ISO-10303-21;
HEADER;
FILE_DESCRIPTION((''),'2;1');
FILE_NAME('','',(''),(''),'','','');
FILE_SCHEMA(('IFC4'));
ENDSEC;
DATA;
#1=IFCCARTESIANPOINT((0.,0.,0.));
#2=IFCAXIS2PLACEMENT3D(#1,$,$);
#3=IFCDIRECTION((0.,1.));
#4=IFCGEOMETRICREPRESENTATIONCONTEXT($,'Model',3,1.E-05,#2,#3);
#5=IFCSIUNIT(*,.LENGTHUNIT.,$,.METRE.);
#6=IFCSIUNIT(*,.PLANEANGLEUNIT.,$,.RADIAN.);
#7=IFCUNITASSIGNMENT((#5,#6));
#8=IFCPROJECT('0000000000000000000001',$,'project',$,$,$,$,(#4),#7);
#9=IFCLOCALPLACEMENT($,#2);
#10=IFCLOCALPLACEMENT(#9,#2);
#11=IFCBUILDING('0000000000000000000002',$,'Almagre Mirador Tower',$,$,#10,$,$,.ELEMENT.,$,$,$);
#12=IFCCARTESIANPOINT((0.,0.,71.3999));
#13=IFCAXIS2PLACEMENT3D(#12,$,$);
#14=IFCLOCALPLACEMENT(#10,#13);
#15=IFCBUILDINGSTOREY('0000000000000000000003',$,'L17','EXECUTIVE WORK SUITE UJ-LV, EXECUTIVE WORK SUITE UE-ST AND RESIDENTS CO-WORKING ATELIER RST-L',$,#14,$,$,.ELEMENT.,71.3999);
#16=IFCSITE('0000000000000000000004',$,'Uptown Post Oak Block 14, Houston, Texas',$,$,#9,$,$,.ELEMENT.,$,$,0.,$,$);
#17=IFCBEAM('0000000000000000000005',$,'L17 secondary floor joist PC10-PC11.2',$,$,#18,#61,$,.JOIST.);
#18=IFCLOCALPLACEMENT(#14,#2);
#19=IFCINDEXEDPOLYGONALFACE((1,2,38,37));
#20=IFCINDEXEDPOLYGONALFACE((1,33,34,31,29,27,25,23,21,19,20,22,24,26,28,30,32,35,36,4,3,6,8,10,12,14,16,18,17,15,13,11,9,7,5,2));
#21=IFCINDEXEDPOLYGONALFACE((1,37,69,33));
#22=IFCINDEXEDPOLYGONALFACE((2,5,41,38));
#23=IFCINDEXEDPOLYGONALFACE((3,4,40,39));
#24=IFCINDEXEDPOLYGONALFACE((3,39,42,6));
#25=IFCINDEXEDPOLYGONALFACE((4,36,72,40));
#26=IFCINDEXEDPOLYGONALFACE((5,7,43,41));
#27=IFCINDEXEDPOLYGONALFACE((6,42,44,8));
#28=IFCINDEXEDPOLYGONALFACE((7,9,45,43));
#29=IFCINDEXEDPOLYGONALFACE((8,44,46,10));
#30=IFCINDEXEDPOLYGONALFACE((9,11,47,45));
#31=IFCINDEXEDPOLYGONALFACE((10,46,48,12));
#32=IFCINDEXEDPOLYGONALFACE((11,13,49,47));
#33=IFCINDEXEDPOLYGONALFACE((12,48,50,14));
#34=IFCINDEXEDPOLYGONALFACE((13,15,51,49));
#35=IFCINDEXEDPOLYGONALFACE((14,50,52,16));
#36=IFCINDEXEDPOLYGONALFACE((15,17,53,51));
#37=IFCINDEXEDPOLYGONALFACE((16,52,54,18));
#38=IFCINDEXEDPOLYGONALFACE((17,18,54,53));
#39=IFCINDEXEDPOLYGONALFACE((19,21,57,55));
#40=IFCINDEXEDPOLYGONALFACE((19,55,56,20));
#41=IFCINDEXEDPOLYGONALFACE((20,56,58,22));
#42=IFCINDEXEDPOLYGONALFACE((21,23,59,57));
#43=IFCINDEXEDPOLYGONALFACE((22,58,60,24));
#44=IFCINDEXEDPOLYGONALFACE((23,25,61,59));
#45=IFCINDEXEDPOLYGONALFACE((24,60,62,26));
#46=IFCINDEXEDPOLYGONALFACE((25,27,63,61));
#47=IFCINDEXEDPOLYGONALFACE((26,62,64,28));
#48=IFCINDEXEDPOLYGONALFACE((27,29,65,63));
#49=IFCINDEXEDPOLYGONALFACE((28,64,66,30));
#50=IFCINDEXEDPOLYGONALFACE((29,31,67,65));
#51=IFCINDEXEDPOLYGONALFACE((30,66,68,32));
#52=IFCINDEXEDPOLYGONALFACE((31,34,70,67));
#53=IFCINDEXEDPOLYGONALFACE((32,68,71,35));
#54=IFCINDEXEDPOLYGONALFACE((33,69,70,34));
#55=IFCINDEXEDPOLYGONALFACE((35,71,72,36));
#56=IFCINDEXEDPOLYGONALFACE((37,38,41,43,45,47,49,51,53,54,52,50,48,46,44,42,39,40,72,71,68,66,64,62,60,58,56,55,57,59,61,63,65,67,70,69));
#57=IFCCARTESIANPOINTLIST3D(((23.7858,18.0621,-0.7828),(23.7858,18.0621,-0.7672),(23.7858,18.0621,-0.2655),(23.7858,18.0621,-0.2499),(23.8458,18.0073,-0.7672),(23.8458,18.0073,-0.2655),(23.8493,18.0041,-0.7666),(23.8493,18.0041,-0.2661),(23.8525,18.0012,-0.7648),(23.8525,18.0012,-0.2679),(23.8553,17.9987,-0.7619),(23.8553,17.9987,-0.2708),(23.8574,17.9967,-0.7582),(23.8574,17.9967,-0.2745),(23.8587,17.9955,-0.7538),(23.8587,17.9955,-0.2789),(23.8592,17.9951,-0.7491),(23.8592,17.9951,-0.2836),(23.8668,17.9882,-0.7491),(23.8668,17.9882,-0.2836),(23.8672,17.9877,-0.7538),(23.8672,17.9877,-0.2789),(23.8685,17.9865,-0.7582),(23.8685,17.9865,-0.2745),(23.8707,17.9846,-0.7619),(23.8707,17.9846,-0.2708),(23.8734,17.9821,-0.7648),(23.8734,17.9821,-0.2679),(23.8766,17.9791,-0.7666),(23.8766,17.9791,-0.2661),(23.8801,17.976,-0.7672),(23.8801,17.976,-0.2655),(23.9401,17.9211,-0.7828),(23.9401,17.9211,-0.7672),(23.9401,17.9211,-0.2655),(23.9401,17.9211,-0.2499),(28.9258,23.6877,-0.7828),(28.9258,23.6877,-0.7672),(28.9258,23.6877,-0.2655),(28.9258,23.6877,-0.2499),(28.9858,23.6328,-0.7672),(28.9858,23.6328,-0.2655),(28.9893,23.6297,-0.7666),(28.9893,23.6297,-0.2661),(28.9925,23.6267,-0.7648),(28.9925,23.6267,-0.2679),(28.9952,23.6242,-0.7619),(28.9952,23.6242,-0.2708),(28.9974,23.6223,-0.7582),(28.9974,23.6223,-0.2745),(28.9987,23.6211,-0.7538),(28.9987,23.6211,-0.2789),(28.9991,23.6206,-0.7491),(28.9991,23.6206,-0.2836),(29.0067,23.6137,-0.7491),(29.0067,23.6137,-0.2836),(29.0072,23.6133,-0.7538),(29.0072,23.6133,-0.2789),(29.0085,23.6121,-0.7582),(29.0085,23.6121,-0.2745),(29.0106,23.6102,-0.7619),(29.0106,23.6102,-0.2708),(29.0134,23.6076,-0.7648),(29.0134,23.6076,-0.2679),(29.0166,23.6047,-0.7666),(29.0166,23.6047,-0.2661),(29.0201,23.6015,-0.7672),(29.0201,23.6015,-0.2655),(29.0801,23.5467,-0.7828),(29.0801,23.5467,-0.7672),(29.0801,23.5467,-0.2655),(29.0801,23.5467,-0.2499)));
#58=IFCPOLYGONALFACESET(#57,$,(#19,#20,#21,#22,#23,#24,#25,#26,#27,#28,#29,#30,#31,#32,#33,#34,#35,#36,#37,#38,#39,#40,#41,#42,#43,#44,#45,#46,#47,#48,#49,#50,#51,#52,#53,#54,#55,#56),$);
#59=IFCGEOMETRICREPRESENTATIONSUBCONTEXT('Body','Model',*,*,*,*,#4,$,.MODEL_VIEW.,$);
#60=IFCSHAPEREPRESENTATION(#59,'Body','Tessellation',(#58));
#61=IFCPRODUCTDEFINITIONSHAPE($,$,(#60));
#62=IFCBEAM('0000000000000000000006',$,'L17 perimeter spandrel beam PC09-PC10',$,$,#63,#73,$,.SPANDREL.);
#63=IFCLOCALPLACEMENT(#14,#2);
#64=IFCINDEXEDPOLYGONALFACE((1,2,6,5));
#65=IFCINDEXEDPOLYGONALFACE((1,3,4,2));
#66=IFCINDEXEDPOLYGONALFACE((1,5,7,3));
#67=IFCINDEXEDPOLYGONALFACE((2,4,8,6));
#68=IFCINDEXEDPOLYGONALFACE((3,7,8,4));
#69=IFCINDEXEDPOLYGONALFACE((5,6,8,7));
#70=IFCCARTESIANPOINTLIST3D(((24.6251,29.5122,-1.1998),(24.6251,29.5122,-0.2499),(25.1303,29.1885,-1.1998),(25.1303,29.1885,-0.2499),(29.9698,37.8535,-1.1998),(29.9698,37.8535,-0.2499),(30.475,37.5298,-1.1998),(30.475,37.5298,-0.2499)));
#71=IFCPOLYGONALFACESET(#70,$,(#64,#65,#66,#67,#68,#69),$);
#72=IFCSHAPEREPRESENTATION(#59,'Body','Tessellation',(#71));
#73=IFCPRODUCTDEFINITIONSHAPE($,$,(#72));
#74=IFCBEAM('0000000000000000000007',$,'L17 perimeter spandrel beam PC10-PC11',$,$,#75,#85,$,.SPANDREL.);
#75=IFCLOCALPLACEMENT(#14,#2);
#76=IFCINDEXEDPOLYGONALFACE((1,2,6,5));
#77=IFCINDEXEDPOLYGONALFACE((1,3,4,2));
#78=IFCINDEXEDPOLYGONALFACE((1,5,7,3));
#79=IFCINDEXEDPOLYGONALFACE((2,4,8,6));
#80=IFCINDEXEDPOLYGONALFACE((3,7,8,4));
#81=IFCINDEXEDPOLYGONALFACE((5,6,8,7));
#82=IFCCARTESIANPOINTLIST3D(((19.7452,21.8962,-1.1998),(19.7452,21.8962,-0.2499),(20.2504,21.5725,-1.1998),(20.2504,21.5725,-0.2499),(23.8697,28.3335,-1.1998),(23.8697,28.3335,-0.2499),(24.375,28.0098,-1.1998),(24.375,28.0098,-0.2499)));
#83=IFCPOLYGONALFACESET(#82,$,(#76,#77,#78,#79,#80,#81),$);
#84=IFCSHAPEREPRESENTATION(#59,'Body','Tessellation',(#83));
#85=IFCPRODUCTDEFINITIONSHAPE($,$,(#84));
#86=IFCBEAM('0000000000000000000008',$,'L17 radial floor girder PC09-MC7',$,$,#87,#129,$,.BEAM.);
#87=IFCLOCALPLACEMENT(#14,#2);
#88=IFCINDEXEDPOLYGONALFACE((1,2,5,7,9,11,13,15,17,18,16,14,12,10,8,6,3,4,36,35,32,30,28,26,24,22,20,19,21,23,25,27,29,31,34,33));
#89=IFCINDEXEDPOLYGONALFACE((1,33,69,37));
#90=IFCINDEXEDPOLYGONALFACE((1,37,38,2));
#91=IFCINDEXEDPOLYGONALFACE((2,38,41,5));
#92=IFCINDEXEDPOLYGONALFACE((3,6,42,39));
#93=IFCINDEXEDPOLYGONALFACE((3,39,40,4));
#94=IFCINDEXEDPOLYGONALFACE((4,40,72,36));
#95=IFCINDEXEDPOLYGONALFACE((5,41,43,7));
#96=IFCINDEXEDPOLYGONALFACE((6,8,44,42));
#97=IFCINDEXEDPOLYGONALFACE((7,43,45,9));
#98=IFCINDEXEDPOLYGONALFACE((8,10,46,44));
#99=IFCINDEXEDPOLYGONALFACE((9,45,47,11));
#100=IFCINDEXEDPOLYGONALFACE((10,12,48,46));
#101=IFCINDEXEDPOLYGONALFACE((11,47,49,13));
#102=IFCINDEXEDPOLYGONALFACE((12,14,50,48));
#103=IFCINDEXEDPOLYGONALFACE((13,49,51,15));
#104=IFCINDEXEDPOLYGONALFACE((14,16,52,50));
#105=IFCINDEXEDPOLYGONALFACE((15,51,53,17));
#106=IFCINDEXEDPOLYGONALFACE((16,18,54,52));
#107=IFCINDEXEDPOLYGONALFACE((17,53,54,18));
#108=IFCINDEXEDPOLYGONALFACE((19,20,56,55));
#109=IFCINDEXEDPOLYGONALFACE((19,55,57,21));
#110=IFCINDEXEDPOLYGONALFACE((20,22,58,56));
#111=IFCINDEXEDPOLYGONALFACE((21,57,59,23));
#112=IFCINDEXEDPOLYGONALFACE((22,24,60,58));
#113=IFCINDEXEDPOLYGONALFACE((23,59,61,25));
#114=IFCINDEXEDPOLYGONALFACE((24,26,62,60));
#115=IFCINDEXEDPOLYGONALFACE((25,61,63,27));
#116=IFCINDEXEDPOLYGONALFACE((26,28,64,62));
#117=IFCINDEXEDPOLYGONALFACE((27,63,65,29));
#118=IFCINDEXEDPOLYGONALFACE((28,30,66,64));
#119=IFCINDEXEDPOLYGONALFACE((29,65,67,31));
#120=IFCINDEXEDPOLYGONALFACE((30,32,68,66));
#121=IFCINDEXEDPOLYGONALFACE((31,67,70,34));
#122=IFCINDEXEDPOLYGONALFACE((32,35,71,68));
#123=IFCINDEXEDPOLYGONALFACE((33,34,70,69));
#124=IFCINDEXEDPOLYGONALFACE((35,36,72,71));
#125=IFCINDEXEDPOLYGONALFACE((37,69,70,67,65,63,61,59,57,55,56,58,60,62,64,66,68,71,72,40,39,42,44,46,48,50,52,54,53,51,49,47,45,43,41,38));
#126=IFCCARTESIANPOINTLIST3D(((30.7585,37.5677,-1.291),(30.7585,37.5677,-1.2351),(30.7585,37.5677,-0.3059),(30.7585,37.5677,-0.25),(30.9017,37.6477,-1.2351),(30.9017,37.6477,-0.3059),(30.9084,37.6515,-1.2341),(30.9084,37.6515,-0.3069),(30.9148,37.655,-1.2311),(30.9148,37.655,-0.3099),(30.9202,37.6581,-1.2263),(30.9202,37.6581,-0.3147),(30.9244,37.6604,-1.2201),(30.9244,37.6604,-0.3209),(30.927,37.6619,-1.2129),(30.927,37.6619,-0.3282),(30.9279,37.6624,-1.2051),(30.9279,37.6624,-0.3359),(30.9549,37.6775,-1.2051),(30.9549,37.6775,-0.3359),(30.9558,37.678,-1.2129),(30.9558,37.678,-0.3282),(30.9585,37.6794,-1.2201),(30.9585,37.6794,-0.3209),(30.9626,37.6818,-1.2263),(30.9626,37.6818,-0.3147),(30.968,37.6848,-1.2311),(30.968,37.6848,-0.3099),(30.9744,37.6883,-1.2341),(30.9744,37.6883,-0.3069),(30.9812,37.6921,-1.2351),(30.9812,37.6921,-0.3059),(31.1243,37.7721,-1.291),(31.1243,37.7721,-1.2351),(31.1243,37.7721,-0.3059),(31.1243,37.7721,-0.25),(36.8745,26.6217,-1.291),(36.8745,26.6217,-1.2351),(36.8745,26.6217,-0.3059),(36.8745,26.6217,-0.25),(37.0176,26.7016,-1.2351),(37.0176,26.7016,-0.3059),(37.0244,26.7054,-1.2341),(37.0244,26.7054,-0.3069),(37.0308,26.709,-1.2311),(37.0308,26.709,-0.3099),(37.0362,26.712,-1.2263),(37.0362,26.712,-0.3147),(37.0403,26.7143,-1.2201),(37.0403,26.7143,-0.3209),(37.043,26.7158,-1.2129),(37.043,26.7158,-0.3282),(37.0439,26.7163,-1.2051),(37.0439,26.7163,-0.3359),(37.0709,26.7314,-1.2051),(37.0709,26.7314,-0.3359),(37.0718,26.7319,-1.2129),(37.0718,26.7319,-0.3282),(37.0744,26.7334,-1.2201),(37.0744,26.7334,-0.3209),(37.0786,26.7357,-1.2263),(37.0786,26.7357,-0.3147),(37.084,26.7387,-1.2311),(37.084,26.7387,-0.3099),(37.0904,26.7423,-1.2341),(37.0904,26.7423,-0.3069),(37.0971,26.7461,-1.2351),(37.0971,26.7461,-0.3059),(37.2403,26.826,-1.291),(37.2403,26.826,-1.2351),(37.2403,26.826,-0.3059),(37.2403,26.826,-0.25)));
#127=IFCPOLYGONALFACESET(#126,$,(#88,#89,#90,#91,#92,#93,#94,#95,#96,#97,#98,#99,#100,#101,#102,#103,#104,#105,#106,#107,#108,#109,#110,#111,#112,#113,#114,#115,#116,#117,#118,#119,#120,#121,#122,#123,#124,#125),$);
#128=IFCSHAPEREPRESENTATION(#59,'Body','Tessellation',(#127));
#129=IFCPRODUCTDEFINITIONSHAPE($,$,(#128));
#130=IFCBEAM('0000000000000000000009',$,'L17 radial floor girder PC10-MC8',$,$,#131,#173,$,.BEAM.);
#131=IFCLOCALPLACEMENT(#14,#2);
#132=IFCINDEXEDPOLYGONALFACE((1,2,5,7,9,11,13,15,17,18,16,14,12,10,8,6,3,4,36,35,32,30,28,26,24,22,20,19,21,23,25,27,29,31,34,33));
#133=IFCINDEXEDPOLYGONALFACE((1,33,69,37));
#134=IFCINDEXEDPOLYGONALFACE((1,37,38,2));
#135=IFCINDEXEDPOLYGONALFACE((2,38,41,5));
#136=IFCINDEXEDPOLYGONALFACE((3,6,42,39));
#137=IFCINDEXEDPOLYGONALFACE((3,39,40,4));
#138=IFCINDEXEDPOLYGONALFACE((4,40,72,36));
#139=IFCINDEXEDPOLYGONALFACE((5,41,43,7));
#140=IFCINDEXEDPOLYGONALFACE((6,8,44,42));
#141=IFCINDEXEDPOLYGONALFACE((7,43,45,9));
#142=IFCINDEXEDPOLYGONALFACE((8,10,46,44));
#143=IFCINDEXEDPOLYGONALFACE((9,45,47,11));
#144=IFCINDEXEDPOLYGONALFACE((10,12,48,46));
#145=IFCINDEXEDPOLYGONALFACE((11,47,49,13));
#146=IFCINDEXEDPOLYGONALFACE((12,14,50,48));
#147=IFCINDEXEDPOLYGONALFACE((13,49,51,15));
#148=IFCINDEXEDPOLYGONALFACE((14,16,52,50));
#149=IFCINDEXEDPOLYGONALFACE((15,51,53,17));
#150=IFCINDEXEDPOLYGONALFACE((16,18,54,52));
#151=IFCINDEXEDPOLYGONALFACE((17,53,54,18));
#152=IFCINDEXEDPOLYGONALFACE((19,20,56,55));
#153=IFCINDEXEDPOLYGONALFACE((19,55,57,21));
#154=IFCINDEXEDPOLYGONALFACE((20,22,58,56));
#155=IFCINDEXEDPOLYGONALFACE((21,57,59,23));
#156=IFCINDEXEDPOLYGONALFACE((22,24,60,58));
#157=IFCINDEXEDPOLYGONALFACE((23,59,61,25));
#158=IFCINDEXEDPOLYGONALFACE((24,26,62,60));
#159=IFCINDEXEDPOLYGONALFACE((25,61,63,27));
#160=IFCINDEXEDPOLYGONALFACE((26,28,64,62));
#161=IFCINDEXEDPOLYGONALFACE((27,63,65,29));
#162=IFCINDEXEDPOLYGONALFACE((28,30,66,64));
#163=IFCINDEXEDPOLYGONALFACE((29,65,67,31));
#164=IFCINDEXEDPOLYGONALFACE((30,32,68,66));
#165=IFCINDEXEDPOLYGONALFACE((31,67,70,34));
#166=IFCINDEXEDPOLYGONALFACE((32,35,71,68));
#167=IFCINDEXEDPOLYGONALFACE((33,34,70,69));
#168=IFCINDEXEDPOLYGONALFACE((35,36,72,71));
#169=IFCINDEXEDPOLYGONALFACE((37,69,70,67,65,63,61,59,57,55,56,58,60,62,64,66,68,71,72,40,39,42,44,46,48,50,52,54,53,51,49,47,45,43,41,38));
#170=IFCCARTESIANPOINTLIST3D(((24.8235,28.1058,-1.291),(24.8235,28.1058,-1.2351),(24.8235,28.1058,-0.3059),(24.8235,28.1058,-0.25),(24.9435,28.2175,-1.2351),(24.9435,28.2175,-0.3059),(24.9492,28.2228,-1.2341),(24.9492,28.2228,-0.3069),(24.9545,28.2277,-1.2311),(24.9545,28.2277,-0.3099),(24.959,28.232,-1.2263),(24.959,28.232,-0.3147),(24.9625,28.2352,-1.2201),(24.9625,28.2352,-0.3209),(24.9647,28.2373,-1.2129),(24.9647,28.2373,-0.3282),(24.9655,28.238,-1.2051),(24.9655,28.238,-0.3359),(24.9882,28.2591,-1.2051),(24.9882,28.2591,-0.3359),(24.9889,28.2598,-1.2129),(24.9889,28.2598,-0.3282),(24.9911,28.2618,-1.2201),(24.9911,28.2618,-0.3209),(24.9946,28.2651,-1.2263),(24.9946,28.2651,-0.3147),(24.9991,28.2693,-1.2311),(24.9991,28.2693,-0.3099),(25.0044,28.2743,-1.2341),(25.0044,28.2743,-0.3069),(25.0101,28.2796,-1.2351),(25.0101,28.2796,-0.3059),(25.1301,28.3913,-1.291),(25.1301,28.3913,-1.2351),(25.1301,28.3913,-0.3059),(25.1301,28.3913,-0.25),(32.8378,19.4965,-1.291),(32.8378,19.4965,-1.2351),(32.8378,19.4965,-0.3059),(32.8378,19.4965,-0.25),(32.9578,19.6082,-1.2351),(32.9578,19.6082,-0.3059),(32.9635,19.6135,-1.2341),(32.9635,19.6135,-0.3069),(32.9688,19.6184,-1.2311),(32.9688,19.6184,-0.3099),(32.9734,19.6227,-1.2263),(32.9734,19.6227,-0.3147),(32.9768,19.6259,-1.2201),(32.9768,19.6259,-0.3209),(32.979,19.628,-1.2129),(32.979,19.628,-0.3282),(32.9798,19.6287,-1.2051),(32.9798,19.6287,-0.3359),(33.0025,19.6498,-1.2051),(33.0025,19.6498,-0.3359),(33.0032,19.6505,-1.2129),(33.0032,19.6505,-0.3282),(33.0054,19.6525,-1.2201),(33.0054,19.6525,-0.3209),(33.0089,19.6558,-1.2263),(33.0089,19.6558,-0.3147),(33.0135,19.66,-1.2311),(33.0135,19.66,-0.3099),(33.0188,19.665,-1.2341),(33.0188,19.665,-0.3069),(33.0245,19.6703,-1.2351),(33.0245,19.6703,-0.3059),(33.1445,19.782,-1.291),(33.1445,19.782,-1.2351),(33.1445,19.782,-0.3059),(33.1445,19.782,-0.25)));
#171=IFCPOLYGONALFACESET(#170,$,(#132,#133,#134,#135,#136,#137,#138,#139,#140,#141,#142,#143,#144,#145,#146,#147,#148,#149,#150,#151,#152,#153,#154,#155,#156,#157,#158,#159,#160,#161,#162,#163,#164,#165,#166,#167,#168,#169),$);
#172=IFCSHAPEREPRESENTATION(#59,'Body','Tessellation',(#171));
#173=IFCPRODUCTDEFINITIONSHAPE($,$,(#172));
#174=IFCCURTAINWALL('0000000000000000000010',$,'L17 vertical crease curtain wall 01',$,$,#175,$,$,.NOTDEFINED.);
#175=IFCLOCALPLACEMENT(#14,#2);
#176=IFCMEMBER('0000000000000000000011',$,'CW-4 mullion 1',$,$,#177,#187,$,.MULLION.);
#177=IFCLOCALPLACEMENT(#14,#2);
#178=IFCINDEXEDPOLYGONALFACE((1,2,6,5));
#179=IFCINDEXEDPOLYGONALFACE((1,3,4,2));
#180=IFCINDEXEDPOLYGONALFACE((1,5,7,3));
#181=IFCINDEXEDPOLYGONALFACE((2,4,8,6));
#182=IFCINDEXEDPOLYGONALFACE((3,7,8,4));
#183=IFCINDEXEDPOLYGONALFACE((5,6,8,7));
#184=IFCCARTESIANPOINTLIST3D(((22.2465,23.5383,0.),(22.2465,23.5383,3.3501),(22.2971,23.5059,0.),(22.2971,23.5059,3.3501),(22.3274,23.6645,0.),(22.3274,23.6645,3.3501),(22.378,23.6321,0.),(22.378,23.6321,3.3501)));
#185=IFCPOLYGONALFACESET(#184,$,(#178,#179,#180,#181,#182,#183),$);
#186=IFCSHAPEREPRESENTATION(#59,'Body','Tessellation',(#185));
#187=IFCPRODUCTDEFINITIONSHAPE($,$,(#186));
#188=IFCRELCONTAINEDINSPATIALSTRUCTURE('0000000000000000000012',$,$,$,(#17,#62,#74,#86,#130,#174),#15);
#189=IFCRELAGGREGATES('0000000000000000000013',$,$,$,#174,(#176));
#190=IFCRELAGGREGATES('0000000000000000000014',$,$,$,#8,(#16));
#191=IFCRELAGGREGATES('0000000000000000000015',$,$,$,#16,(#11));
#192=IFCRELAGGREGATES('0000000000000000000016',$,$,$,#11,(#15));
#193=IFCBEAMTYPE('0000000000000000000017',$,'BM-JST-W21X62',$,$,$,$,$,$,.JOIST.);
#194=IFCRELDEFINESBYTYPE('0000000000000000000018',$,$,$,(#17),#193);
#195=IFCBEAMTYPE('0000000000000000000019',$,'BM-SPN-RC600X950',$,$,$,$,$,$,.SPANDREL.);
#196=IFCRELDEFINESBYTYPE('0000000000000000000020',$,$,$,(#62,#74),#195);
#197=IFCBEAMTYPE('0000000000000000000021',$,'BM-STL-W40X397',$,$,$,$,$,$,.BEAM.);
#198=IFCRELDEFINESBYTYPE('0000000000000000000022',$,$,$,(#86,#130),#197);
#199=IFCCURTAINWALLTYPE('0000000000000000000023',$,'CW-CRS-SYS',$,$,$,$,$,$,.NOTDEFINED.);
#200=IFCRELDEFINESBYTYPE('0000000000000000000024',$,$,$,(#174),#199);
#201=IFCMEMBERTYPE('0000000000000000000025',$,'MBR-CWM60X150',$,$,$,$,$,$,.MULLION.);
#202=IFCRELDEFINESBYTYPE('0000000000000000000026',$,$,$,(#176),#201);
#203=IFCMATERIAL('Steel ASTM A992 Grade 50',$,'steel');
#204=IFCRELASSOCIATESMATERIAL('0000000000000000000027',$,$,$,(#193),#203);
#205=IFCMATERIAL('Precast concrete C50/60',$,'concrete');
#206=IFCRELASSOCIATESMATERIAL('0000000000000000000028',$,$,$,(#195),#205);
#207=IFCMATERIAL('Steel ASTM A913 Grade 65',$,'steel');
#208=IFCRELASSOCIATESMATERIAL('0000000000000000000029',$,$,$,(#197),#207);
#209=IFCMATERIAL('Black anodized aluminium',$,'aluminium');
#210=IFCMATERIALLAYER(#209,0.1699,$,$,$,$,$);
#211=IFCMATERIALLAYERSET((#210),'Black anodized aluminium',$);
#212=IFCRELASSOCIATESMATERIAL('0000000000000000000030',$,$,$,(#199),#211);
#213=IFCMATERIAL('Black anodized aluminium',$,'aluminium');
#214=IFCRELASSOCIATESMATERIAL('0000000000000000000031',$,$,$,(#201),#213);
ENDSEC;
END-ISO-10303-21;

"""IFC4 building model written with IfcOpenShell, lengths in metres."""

from ifc_helpers import new_model, si_unit, direction, frame, origin, origin_2d, place, context, subcontext, project, spatial, rectangle, i_section, extrude, material, layer, layer_set, material_profile, profile_set, type_object, element, aggregate, save


model = new_model("IFC4")

# Units and contexts
model_context = context("Model", 3, precision=1e-05, world=origin(), true_north=direction((0.0, 1.0)))
body_context = subcontext(model_context, "Body", "Model", "MODEL_VIEW")
ifc_project = project(units=[si_unit("LENGTHUNIT", "METRE"), si_unit("PLANEANGLEUNIT", "RADIAN")], contexts=[model_context])

# Site, building, storey
site_placement = place(None, origin())
site = spatial("IfcSite", under=ifc_project, at=site_placement, Name="Uptown Post Oak Block 14, Houston, Texas", CompositionType="ELEMENT", RefElevation=0.0)
building_placement = place(site_placement, origin())
building = spatial("IfcBuilding", under=site, at=building_placement, Name="Almagre Mirador Tower", CompositionType="ELEMENT")
storey_placement = place(building_placement, frame((0.0, 0.0, 71.3999)))
storey = spatial("IfcBuildingStorey", under=building, at=storey_placement, Name="L17", Description="EXECUTIVE WORK SUITE UJ-LV, EXECUTIVE WORK SUITE UE-ST AND RESIDENTS CO-WORKING ATELIER RST-L", CompositionType="ELEMENT", Elevation=71.3999)

# Beams
ifc_material_1 = material(Name="Steel ASTM A992 Grade 50", Category="steel")
ifc_material_profile_1 = material_profile(ifc_material_1, i_section(OverallWidth=0.209, OverallDepth=0.533, WebThickness=0.0103, FlangeThickness=0.0156, FilletRadius=0.0181, at=origin_2d()), Name="W21X62")
ifc_profile_set_1 = profile_set([ifc_material_profile_1], Name="Steel ASTM A992 Grade 50")
beam_type_1 = type_object("IfcBeamType", Name="BM-JST-W21X62", PredefinedType="JOIST", material=ifc_profile_set_1)
beam_1_placement = place(storey_placement, frame((29.0029, 23.6172, -0.5164), z_axis=(-0.674525, -0.738252, 0.0), x_axis=(0.738252, -0.674525, 0.0)))
element("IfcBeam", 1, at=beam_1_placement, inside=storey, type_object=beam_type_1, Name="L17 secondary floor joist PC10-PC11.2", PredefinedType="JOIST", context=body_context, shape_type="SweptSolid", body=[
    extrude(i_section(OverallWidth=0.209, OverallDepth=0.533, WebThickness=0.0103, FlangeThickness=0.0156, FilletRadius=0.0181, at=origin_2d()), origin(), (0.0, 0.0, 1.0), 7.6201),
])
ifc_material_2 = material(Name="Precast concrete C50/60", Category="concrete")
ifc_material_profile_2 = material_profile(ifc_material_2, rectangle(XDim=0.6001, YDim=0.95, at=origin_2d()), Name="RC600X950")
ifc_profile_set_2 = profile_set([ifc_material_profile_2], Name="Precast concrete C50/60")
beam_type_2 = type_object("IfcBeamType", Name="BM-SPN-RC600X950", PredefinedType="SPANDREL", material=ifc_profile_set_2)
beam_2_placement = place(storey_placement, frame((30.2224, 37.6917, -0.7249), z_axis=(-0.539504, -0.841983, 0.0), x_axis=(0.841983, -0.539504, 0.0)))
element("IfcBeam", 2, at=beam_2_placement, inside=storey, type_object=beam_type_2, Name="L17 perimeter spandrel beam PC09-PC10", PredefinedType="SPANDREL", context=body_context, shape_type="SweptSolid", body=[
    extrude(rectangle(XDim=0.6001, YDim=0.95, at=origin_2d()), origin(), (0.0, 0.0, 1.0), 9.9067),
])
beam_3_placement = place(storey_placement, frame((24.1223, 28.1716, -0.7249), z_axis=(-0.539487, -0.841994, 0.0), x_axis=(0.841994, -0.539487, 0.0)))
element("IfcBeam", 3, at=beam_3_placement, inside=storey, type_object=beam_type_2, Name="L17 perimeter spandrel beam PC10-PC11", PredefinedType="SPANDREL", context=body_context, shape_type="SweptSolid", body=[
    extrude(rectangle(XDim=0.6001, YDim=0.95, at=origin_2d()), origin(), (0.0, 0.0, 1.0), 7.6453),
])
ifc_material_3 = material(Name="Steel ASTM A913 Grade 65", Category="steel")
ifc_material_profile_3 = material_profile(ifc_material_3, i_section(OverallWidth=0.4189, OverallDepth=1.041, WebThickness=0.031, FlangeThickness=0.0559, FilletRadius=0.03, at=origin_2d()), Name="W40X397")
ifc_profile_set_3 = profile_set([ifc_material_profile_3], Name="Steel ASTM A913 Grade 65")
beam_type_3 = type_object("IfcBeamType", Name="BM-STL-W40X397", PredefinedType="BEAM", material=ifc_profile_set_3)
beam_4_placement = place(storey_placement, frame((30.9414, 37.6699, -0.7705), z_axis=(0.487764, -0.872975, 0.0), x_axis=(0.872975, 0.487764, 0.0)))
element("IfcBeam", 4, at=beam_4_placement, inside=storey, type_object=beam_type_3, Name="L17 radial floor girder PC09-MC7", PredefinedType="BEAM", context=body_context, shape_type="SweptSolid", body=[
    extrude(i_section(OverallWidth=0.4189, OverallDepth=1.041, WebThickness=0.031, FlangeThickness=0.0559, FilletRadius=0.03, at=origin_2d()), origin(), (0.0, 0.0, 1.0), 12.5388),
])
beam_5_placement = place(storey_placement, frame((24.9768, 28.2485, -0.7705), z_axis=(0.681363, -0.731946, 0.0), x_axis=(0.731946, 0.681363, 0.0)))
element("IfcBeam", 5, at=beam_5_placement, inside=storey, type_object=beam_type_3, Name="L17 radial floor girder PC10-MC8", PredefinedType="BEAM", context=body_context, shape_type="SweptSolid", body=[
    extrude(i_section(OverallWidth=0.4189, OverallDepth=1.041, WebThickness=0.031, FlangeThickness=0.0559, FilletRadius=0.03, at=origin_2d()), origin(), (0.0, 0.0, 1.0), 11.7622),
])

# Curtain wall, member
ifc_material_4 = material(Name="Black anodized aluminium", Category="aluminium")
ifc_layer_1 = layer(ifc_material_4, 0.1699)
ifc_layer_set_1 = layer_set([ifc_layer_1], Name="Black anodized aluminium")
curtain_wall_type_1 = type_object("IfcCurtainWallType", Name="CW-CRS-SYS", PredefinedType="NOTDEFINED", material=ifc_layer_set_1)
curtain_wall_1_placement = place(storey_placement, origin())
curtain_wall_1 = element("IfcCurtainWall", 6, at=curtain_wall_1_placement, inside=storey, type_object=curtain_wall_type_1, Name="L17 vertical crease curtain wall 01", PredefinedType="NOTDEFINED")
ifc_material_5 = material(Name="Black anodized aluminium", Category="aluminium")
ifc_material_profile_4 = material_profile(ifc_material_5, rectangle(XDim=0.0601, YDim=0.1499, at=origin_2d()), Name="CWM60X150")
ifc_profile_set_4 = profile_set([ifc_material_profile_4], Name="Black anodized aluminium")
member_type_1 = type_object("IfcMemberType", Name="MBR-CWM60X150", PredefinedType="MULLION", material=ifc_profile_set_4)
member_1_placement = place(storey_placement, frame((22.3123, 23.5852, 0.0), z_axis=(0.0, 0.0, 1.0), x_axis=(-0.841924, 0.539597, 0.0)))
member_1 = element("IfcMember", 7, at=member_1_placement, type_object=member_type_1, Name="CW-4 mullion 1", PredefinedType="MULLION", context=body_context, shape_type="SweptSolid", body=[
    extrude(rectangle(XDim=0.0601, YDim=0.1499, at=origin_2d()), origin(), (0.0, 0.0, 1.0), 3.3501),
])

aggregate(curtain_wall_1, [member_1])

save(model, "model.ifc")
